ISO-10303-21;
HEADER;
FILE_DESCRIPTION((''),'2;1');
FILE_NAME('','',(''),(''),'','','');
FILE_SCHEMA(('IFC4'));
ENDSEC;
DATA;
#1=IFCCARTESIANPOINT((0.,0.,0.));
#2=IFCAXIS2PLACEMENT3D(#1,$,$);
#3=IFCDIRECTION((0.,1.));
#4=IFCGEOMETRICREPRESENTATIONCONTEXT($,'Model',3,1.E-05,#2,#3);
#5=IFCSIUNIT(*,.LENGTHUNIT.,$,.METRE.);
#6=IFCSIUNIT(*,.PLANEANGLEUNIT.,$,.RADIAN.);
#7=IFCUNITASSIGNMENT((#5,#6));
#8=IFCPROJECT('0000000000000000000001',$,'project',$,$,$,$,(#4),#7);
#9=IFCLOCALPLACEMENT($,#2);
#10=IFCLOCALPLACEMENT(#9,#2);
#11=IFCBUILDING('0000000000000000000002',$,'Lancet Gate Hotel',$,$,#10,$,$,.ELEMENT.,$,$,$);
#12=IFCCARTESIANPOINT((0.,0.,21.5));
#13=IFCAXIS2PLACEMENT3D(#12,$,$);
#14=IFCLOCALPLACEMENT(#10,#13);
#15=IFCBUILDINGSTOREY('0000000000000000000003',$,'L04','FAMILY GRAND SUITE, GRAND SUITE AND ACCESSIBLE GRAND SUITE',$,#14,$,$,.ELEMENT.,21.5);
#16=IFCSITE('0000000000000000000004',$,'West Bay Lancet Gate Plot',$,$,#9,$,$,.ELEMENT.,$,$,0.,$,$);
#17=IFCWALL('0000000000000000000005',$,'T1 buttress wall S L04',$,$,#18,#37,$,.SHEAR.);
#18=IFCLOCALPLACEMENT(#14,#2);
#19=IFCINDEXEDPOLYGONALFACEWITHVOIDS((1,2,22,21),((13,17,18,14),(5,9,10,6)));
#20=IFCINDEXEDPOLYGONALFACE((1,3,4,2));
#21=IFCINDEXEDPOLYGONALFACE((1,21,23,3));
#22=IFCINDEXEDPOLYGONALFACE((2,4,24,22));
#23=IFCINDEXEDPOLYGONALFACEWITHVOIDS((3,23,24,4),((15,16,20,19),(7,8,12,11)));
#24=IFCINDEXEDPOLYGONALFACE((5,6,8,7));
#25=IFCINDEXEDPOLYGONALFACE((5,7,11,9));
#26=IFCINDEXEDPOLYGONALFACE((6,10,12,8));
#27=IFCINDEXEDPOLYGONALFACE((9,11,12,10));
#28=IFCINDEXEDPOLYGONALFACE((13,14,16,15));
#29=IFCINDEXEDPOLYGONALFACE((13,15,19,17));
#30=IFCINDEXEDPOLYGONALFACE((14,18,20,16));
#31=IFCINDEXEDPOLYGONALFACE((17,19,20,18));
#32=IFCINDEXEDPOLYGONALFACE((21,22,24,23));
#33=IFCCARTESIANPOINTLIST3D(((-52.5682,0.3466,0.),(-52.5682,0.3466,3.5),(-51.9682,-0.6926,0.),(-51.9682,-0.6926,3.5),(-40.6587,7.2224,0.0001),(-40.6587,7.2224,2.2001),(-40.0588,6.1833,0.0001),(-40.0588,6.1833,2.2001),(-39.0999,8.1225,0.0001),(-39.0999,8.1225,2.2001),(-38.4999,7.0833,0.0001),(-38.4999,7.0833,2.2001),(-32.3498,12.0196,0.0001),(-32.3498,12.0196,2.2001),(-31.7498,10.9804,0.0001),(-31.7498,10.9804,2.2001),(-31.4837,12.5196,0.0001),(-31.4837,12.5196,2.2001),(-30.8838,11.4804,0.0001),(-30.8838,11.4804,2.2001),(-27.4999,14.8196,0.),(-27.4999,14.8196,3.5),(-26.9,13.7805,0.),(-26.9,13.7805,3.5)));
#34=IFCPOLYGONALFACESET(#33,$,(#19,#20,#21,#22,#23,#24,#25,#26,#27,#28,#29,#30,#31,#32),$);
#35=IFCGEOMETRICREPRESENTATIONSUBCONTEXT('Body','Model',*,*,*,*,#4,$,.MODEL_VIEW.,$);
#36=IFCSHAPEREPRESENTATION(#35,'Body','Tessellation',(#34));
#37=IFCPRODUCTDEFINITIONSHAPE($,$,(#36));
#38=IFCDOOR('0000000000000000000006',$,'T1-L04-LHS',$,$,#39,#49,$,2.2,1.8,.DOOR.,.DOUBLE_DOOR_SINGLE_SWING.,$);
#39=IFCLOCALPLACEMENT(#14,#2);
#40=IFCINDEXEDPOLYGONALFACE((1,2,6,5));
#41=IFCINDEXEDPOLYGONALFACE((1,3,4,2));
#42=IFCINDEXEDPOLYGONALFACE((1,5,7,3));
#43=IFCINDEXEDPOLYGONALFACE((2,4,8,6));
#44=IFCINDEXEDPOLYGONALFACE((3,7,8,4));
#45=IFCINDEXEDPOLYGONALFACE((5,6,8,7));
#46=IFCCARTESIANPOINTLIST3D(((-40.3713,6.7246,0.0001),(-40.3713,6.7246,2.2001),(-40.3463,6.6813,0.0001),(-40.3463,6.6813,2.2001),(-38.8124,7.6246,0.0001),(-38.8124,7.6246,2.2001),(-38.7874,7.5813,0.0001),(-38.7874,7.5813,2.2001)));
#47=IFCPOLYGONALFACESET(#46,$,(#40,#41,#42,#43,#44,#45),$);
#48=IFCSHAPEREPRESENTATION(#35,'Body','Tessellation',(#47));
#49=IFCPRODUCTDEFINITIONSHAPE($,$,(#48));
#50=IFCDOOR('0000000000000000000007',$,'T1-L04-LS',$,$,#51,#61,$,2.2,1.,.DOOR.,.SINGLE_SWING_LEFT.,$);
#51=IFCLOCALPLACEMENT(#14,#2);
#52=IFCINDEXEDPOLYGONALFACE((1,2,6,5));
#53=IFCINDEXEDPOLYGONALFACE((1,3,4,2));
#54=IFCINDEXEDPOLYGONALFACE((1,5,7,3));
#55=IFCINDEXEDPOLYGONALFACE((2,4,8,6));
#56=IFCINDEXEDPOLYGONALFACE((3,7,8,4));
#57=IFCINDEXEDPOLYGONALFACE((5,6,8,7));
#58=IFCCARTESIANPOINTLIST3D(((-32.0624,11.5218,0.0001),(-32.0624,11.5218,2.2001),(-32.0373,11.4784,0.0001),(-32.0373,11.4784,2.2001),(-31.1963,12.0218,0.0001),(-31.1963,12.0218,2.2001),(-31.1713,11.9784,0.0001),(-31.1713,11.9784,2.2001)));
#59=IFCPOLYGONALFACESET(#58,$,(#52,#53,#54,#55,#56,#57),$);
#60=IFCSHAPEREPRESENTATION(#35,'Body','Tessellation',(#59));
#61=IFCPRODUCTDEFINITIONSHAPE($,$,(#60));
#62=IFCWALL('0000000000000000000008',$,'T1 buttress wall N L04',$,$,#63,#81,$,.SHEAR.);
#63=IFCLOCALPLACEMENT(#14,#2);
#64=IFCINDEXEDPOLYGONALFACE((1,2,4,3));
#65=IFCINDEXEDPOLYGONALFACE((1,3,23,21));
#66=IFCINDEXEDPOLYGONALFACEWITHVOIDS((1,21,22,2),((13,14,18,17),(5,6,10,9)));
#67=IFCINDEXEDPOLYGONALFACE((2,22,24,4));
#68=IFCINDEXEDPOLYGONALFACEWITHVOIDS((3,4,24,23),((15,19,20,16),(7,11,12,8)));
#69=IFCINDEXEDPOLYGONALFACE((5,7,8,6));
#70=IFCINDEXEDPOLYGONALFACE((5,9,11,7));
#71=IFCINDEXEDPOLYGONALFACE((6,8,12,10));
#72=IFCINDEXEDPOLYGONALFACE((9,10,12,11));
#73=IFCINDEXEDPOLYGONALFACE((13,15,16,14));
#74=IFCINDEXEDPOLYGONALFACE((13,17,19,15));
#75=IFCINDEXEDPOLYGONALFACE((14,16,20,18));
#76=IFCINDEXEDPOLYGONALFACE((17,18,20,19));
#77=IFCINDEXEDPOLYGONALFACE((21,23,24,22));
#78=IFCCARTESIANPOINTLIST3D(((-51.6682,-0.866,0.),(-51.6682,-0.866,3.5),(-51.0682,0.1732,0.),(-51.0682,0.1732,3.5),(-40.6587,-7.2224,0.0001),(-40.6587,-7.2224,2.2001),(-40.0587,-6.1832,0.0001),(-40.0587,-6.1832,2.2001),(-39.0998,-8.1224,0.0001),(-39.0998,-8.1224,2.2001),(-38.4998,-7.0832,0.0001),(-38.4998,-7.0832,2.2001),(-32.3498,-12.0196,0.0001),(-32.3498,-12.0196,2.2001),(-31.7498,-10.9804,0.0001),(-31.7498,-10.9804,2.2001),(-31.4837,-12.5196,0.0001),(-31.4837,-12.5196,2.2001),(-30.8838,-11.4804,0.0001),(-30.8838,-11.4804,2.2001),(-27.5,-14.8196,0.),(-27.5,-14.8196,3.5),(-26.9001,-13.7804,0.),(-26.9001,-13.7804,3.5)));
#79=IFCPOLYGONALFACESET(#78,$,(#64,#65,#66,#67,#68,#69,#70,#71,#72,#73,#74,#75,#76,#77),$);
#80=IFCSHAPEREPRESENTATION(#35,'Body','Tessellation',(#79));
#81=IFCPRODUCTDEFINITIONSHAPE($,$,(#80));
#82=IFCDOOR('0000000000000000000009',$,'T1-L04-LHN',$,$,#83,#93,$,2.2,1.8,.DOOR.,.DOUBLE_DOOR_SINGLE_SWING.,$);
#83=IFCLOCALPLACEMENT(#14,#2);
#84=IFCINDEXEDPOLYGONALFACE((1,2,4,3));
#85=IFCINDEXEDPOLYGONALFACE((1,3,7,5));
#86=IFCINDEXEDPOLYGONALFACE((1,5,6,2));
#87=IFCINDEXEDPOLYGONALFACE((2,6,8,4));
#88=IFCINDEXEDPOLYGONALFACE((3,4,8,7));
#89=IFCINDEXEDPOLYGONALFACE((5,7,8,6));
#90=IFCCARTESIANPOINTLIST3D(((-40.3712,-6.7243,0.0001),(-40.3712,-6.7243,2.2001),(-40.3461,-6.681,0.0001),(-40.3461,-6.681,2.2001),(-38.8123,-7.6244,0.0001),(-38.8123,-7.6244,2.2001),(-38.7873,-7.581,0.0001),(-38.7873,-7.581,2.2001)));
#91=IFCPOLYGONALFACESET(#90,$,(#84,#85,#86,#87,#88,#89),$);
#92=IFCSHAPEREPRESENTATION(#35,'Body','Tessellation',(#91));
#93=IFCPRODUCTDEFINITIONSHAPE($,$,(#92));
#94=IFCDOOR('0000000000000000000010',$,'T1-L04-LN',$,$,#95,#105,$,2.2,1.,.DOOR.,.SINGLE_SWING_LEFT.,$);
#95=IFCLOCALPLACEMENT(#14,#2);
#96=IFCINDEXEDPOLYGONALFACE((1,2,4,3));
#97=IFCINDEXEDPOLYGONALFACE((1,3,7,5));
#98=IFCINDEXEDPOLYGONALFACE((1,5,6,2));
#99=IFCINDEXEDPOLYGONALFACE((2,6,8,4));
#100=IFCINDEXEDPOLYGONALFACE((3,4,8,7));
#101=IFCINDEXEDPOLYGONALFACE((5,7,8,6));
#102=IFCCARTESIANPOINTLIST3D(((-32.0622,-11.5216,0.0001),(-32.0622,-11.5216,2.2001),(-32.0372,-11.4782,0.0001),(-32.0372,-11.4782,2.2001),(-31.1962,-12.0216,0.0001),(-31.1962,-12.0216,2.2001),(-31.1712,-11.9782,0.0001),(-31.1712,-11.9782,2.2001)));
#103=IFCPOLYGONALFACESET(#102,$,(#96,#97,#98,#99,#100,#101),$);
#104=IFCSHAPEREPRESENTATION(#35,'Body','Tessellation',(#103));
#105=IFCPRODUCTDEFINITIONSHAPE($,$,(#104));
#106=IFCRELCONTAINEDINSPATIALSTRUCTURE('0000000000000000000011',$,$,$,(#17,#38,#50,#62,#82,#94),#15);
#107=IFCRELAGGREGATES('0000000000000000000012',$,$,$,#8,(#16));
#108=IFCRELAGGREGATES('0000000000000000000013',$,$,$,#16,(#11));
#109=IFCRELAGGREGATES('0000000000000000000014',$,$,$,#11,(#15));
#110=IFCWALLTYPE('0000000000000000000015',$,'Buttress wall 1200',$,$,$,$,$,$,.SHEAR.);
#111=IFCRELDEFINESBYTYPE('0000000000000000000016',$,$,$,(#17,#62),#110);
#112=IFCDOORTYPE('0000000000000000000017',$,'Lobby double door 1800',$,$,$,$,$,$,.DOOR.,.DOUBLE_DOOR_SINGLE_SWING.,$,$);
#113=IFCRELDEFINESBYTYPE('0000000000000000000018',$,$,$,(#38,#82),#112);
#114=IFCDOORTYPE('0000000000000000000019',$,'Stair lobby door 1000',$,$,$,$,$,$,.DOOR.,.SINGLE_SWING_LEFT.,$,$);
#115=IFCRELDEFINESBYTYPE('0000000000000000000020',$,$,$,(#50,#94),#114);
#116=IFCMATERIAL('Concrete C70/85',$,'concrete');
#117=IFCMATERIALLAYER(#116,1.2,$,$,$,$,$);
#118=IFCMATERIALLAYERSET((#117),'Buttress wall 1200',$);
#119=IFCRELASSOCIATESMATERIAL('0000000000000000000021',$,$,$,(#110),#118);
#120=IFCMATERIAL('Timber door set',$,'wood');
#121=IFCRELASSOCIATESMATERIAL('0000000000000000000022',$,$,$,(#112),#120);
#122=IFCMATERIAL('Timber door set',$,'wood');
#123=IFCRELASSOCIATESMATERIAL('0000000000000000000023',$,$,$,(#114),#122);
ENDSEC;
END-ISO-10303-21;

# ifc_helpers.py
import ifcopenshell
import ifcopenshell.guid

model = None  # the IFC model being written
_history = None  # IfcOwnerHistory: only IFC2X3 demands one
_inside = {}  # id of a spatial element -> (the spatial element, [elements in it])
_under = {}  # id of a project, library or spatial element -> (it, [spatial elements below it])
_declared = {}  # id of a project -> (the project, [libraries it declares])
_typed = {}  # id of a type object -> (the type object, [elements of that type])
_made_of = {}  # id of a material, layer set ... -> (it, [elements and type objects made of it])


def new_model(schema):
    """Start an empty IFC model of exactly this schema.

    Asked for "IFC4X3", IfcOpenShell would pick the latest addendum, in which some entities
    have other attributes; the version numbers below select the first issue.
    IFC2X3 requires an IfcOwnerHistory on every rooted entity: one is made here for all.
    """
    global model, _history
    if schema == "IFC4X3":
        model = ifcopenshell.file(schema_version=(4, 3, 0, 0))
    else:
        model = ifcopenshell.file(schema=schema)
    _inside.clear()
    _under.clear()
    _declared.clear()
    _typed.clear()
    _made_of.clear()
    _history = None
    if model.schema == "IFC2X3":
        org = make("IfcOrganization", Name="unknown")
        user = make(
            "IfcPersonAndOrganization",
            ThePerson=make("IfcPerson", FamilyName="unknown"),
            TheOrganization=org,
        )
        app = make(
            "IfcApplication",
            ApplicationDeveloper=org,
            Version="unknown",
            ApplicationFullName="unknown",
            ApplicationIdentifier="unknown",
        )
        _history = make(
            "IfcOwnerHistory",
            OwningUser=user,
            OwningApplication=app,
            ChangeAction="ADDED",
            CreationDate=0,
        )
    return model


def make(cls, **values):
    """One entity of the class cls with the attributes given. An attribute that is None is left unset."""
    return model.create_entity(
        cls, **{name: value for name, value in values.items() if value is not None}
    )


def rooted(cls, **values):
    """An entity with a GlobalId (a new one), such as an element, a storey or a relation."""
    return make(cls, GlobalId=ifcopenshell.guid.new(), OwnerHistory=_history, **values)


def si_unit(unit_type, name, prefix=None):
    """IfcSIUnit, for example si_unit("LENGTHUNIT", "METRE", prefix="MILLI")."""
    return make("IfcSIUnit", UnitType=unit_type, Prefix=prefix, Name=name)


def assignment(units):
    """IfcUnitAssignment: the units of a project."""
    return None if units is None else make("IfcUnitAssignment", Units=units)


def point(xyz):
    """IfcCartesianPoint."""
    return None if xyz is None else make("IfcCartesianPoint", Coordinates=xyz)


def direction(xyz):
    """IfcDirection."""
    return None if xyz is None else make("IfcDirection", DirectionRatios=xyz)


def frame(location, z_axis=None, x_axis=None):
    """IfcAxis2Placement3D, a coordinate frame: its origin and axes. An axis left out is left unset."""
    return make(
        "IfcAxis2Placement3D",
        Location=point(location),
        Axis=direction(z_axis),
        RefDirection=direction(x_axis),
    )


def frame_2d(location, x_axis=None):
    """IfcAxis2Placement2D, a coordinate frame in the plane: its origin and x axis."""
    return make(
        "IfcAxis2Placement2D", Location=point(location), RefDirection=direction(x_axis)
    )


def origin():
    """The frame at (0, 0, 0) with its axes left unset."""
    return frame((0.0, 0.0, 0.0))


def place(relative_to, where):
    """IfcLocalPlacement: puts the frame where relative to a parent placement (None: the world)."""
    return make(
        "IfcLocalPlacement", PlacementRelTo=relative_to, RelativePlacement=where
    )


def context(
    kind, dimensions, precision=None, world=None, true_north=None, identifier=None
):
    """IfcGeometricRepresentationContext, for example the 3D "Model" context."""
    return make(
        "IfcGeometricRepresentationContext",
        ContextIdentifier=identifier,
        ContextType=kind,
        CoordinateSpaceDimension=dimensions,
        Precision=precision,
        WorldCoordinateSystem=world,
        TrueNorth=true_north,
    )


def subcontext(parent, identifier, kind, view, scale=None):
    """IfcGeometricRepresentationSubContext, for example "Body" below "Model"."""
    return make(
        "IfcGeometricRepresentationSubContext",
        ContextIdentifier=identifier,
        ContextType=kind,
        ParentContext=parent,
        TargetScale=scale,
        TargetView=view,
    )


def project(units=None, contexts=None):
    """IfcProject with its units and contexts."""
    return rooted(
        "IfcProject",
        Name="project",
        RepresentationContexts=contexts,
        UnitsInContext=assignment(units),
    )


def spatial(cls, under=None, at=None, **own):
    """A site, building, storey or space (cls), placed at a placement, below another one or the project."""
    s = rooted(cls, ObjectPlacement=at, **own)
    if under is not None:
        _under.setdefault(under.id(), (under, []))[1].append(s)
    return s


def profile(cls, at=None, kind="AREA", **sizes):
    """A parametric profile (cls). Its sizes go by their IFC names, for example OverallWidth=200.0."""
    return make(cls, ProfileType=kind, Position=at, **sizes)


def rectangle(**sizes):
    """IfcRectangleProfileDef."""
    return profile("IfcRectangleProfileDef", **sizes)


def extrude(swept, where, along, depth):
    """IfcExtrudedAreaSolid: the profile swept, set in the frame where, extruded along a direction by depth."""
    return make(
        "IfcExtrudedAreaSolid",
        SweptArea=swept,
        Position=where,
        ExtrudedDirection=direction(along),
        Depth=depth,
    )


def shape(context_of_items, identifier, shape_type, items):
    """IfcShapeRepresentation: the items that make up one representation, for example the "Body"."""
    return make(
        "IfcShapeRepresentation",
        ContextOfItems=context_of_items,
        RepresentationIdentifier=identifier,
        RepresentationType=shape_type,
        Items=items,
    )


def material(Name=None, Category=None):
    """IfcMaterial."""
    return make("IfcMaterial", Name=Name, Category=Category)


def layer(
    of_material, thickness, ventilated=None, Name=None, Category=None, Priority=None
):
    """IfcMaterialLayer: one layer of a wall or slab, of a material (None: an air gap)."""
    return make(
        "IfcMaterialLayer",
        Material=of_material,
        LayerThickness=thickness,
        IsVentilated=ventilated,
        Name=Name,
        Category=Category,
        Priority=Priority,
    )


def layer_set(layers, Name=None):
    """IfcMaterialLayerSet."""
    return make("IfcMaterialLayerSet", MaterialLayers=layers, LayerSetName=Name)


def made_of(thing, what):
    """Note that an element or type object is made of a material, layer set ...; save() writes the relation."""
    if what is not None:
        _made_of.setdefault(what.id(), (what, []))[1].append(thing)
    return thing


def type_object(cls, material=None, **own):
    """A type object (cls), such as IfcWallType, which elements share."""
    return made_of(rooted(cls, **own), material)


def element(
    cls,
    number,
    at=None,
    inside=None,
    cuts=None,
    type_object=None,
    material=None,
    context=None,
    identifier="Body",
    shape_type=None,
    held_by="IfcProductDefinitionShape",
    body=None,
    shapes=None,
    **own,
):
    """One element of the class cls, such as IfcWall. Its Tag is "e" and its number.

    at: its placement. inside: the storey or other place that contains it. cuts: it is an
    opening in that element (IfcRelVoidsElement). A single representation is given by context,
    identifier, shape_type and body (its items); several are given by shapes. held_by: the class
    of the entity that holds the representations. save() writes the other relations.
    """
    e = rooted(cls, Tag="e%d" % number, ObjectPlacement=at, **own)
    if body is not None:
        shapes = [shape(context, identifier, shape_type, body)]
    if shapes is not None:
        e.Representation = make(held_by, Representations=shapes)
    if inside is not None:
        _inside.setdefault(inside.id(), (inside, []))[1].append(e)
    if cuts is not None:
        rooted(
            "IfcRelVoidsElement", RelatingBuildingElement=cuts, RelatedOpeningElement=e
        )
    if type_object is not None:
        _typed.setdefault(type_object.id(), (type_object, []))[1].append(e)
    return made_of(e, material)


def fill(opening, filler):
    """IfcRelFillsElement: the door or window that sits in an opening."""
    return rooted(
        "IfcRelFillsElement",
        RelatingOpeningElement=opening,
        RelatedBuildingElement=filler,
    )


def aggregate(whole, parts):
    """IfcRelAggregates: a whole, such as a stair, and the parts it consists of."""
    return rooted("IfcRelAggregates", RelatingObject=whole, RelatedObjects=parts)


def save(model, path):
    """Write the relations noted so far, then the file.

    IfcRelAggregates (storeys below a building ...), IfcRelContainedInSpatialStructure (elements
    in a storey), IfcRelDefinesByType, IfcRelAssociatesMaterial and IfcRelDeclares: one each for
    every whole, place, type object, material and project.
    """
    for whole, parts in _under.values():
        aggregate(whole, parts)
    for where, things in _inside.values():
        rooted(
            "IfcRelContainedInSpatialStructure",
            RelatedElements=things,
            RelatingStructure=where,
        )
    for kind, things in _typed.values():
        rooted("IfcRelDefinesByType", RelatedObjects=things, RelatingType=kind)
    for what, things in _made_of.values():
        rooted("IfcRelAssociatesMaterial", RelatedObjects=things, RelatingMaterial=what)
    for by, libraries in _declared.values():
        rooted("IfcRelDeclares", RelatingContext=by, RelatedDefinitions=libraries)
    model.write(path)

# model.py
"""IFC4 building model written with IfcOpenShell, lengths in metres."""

from ifc_helpers import new_model, si_unit, direction, frame, frame_2d, origin, place, context, subcontext, project, spatial, rectangle, extrude, material, layer, layer_set, type_object, element, fill, save


model = new_model("IFC4")

# Units and contexts
model_context = context("Model", 3, precision=1e-05, world=origin(), true_north=direction((0.0, 1.0)))
body_context = subcontext(model_context, "Body", "Model", "MODEL_VIEW")
ifc_project = project(units=[si_unit("LENGTHUNIT", "METRE"), si_unit("PLANEANGLEUNIT", "RADIAN")], contexts=[model_context])

# Site, building, storey
site_placement = place(None, origin())
site = spatial("IfcSite", under=ifc_project, at=site_placement, Name="West Bay Lancet Gate Plot", CompositionType="ELEMENT", RefElevation=0.0)
building_placement = place(site_placement, origin())
building = spatial("IfcBuilding", under=site, at=building_placement, Name="Lancet Gate Hotel", CompositionType="ELEMENT")
storey_placement = place(building_placement, frame((0.0, 0.0, 21.5)))
storey = spatial("IfcBuildingStorey", under=building, at=storey_placement, Name="L04", Description="FAMILY GRAND SUITE, GRAND SUITE AND ACCESSIBLE GRAND SUITE", CompositionType="ELEMENT", Elevation=21.5)

# Walls, openings, doors
ifc_material_1 = material(Name="Concrete C70/85", Category="concrete")
ifc_layer_1 = layer(ifc_material_1, 1.2)
ifc_layer_set_1 = layer_set([ifc_layer_1], Name="Buttress wall 1200")
wall_type = type_object("IfcWallType", Name="Buttress wall 1200", PredefinedType="SHEAR", material=ifc_layer_set_1)
wall_1_placement = place(storey_placement, frame((-27.2, 14.3, 0.0), z_axis=(0.0, 0.0, 1.0), x_axis=(-0.866027, -0.499998, 0.0)))
wall_1 = element("IfcWall", 1, at=wall_1_placement, inside=storey, type_object=wall_type, Name="T1 buttress wall S L04", PredefinedType="SHEAR", context=body_context, shape_type="SweptSolid", body=[
    extrude(rectangle(XDim=28.9463, YDim=1.2, at=frame_2d((14.4731, 0.0))), origin(), (0.0, 0.0, 1.0), 3.5),
])
opening_1_placement = place(wall_1_placement, frame((4.6001, 0.0, 0.0)))
opening_1 = element("IfcOpeningElement", 2, at=opening_1_placement, cuts=wall_1, PredefinedType="OPENING", context=body_context, shape_type="SweptSolid", body=[
    extrude(rectangle(XDim=1.0, YDim=2.2, at=frame_2d((0.5, 1.1001))), frame((0.0, 0.6099, 0.0), z_axis=(0.0, -1.0, 0.0), x_axis=(1.0, 0.0, 0.0)), (0.0, 0.0, 1.0), 1.22),
])
opening_2_placement = place(wall_1_placement, frame((13.3945, 0.0, 0.0)))
opening_2 = element("IfcOpeningElement", 3, at=opening_2_placement, cuts=wall_1, PredefinedType="OPENING", context=body_context, shape_type="SweptSolid", body=[
    extrude(rectangle(XDim=1.8, YDim=2.2, at=frame_2d((0.8999, 1.1001))), frame((0.0, 0.6099, 0.0), z_axis=(0.0, -1.0, 0.0), x_axis=(1.0, 0.0, 0.0)), (0.0, 0.0, 1.0), 1.22),
])
ifc_material_2 = material(Name="Timber door set", Category="wood")
door_type_1 = type_object("IfcDoorType", Name="Lobby double door 1800", OperationType="DOUBLE_DOOR_SINGLE_SWING", PredefinedType="DOOR", material=ifc_material_2)
door_1_placement = place(opening_2_placement, origin())
door_1 = element("IfcDoor", 4, at=door_1_placement, inside=storey, type_object=door_type_1, Name="T1-L04-LHS", OperationType="DOUBLE_DOOR_SINGLE_SWING", OverallHeight=2.2, OverallWidth=1.8, PredefinedType="DOOR", context=body_context, shape_type="SweptSolid", body=[
    extrude(rectangle(XDim=1.8, YDim=2.2, at=frame_2d((0.8999, 1.1001))), frame((0.0, 0.0249, 0.0), z_axis=(0.0, -1.0, 0.0), x_axis=(1.0, 0.0, 0.0)), (0.0, 0.0, 1.0), 0.05),
])
fill(opening_2, door_1)
ifc_material_3 = material(Name="Timber door set", Category="wood")
door_type_2 = type_object("IfcDoorType", Name="Stair lobby door 1000", OperationType="SINGLE_SWING_LEFT", PredefinedType="DOOR", material=ifc_material_3)
door_2_placement = place(opening_1_placement, origin())
door_2 = element("IfcDoor", 5, at=door_2_placement, inside=storey, type_object=door_type_2, Name="T1-L04-LS", OperationType="SINGLE_SWING_LEFT", OverallHeight=2.2, OverallWidth=1.0, PredefinedType="DOOR", context=body_context, shape_type="SweptSolid", body=[
    extrude(rectangle(XDim=1.0, YDim=2.2, at=frame_2d((0.5, 1.1001))), frame((0.0, 0.0249, 0.0), z_axis=(0.0, -1.0, 0.0), x_axis=(1.0, 0.0, 0.0)), (0.0, 0.0, 1.0), 0.05),
])
fill(opening_1, door_2)
wall_2_placement = place(storey_placement, frame((-27.2, -14.3, 0.0), z_axis=(0.0, 0.0, 1.0), x_axis=(-0.866024, 0.500002, 0.0)))
wall_2 = element("IfcWall", 6, at=wall_2_placement, inside=storey, type_object=wall_type, Name="T1 buttress wall N L04", PredefinedType="SHEAR", context=body_context, shape_type="SweptSolid", body=[
    extrude(rectangle(XDim=27.907, YDim=1.2, at=frame_2d((13.9536, 0.0))), origin(), (0.0, 0.0, 1.0), 3.5),
])
opening_3_placement = place(wall_2_placement, frame((4.6001, 0.0, 0.0)))
opening_3 = element("IfcOpeningElement", 7, at=opening_3_placement, cuts=wall_2, PredefinedType="OPENING", context=body_context, shape_type="SweptSolid", body=[
    extrude(rectangle(XDim=1.0, YDim=2.2, at=frame_2d((0.5, 1.1001))), frame((0.0, 0.6099, 0.0), z_axis=(0.0, -1.0, 0.0), x_axis=(1.0, 0.0, 0.0)), (0.0, 0.0, 1.0), 1.22),
])
opening_4_placement = place(wall_2_placement, frame((13.3945, 0.0, 0.0)))
opening_4 = element("IfcOpeningElement", 8, at=opening_4_placement, cuts=wall_2, PredefinedType="OPENING", context=body_context, shape_type="SweptSolid", body=[
    extrude(rectangle(XDim=1.8, YDim=2.2, at=frame_2d((0.8999, 1.1001))), frame((0.0, 0.6099, 0.0), z_axis=(0.0, -1.0, 0.0), x_axis=(1.0, 0.0, 0.0)), (0.0, 0.0, 1.0), 1.22),
])
door_3_placement = place(opening_4_placement, origin())
door_3 = element("IfcDoor", 9, at=door_3_placement, inside=storey, type_object=door_type_1, Name="T1-L04-LHN", OperationType="DOUBLE_DOOR_SINGLE_SWING", OverallHeight=2.2, OverallWidth=1.8, PredefinedType="DOOR", context=body_context, shape_type="SweptSolid", body=[
    extrude(rectangle(XDim=1.8, YDim=2.2, at=frame_2d((0.8999, 1.1001))), frame((0.0, 0.0249, 0.0), z_axis=(0.0, -1.0, 0.0), x_axis=(1.0, 0.0, 0.0)), (0.0, 0.0, 1.0), 0.05),
])
fill(opening_4, door_3)
door_4_placement = place(opening_3_placement, origin())
door_4 = element("IfcDoor", 10, at=door_4_placement, inside=storey, type_object=door_type_2, Name="T1-L04-LN", OperationType="SINGLE_SWING_LEFT", OverallHeight=2.2, OverallWidth=1.0, PredefinedType="DOOR", context=body_context, shape_type="SweptSolid", body=[
    extrude(rectangle(XDim=1.0, YDim=2.2, at=frame_2d((0.5, 1.1001))), frame((0.0, 0.0249, 0.0), z_axis=(0.0, -1.0, 0.0), x_axis=(1.0, 0.0, 0.0)), (0.0, 0.0, 1.0), 0.05),
])
fill(opening_3, door_4)

save(model, "model.ifc")
